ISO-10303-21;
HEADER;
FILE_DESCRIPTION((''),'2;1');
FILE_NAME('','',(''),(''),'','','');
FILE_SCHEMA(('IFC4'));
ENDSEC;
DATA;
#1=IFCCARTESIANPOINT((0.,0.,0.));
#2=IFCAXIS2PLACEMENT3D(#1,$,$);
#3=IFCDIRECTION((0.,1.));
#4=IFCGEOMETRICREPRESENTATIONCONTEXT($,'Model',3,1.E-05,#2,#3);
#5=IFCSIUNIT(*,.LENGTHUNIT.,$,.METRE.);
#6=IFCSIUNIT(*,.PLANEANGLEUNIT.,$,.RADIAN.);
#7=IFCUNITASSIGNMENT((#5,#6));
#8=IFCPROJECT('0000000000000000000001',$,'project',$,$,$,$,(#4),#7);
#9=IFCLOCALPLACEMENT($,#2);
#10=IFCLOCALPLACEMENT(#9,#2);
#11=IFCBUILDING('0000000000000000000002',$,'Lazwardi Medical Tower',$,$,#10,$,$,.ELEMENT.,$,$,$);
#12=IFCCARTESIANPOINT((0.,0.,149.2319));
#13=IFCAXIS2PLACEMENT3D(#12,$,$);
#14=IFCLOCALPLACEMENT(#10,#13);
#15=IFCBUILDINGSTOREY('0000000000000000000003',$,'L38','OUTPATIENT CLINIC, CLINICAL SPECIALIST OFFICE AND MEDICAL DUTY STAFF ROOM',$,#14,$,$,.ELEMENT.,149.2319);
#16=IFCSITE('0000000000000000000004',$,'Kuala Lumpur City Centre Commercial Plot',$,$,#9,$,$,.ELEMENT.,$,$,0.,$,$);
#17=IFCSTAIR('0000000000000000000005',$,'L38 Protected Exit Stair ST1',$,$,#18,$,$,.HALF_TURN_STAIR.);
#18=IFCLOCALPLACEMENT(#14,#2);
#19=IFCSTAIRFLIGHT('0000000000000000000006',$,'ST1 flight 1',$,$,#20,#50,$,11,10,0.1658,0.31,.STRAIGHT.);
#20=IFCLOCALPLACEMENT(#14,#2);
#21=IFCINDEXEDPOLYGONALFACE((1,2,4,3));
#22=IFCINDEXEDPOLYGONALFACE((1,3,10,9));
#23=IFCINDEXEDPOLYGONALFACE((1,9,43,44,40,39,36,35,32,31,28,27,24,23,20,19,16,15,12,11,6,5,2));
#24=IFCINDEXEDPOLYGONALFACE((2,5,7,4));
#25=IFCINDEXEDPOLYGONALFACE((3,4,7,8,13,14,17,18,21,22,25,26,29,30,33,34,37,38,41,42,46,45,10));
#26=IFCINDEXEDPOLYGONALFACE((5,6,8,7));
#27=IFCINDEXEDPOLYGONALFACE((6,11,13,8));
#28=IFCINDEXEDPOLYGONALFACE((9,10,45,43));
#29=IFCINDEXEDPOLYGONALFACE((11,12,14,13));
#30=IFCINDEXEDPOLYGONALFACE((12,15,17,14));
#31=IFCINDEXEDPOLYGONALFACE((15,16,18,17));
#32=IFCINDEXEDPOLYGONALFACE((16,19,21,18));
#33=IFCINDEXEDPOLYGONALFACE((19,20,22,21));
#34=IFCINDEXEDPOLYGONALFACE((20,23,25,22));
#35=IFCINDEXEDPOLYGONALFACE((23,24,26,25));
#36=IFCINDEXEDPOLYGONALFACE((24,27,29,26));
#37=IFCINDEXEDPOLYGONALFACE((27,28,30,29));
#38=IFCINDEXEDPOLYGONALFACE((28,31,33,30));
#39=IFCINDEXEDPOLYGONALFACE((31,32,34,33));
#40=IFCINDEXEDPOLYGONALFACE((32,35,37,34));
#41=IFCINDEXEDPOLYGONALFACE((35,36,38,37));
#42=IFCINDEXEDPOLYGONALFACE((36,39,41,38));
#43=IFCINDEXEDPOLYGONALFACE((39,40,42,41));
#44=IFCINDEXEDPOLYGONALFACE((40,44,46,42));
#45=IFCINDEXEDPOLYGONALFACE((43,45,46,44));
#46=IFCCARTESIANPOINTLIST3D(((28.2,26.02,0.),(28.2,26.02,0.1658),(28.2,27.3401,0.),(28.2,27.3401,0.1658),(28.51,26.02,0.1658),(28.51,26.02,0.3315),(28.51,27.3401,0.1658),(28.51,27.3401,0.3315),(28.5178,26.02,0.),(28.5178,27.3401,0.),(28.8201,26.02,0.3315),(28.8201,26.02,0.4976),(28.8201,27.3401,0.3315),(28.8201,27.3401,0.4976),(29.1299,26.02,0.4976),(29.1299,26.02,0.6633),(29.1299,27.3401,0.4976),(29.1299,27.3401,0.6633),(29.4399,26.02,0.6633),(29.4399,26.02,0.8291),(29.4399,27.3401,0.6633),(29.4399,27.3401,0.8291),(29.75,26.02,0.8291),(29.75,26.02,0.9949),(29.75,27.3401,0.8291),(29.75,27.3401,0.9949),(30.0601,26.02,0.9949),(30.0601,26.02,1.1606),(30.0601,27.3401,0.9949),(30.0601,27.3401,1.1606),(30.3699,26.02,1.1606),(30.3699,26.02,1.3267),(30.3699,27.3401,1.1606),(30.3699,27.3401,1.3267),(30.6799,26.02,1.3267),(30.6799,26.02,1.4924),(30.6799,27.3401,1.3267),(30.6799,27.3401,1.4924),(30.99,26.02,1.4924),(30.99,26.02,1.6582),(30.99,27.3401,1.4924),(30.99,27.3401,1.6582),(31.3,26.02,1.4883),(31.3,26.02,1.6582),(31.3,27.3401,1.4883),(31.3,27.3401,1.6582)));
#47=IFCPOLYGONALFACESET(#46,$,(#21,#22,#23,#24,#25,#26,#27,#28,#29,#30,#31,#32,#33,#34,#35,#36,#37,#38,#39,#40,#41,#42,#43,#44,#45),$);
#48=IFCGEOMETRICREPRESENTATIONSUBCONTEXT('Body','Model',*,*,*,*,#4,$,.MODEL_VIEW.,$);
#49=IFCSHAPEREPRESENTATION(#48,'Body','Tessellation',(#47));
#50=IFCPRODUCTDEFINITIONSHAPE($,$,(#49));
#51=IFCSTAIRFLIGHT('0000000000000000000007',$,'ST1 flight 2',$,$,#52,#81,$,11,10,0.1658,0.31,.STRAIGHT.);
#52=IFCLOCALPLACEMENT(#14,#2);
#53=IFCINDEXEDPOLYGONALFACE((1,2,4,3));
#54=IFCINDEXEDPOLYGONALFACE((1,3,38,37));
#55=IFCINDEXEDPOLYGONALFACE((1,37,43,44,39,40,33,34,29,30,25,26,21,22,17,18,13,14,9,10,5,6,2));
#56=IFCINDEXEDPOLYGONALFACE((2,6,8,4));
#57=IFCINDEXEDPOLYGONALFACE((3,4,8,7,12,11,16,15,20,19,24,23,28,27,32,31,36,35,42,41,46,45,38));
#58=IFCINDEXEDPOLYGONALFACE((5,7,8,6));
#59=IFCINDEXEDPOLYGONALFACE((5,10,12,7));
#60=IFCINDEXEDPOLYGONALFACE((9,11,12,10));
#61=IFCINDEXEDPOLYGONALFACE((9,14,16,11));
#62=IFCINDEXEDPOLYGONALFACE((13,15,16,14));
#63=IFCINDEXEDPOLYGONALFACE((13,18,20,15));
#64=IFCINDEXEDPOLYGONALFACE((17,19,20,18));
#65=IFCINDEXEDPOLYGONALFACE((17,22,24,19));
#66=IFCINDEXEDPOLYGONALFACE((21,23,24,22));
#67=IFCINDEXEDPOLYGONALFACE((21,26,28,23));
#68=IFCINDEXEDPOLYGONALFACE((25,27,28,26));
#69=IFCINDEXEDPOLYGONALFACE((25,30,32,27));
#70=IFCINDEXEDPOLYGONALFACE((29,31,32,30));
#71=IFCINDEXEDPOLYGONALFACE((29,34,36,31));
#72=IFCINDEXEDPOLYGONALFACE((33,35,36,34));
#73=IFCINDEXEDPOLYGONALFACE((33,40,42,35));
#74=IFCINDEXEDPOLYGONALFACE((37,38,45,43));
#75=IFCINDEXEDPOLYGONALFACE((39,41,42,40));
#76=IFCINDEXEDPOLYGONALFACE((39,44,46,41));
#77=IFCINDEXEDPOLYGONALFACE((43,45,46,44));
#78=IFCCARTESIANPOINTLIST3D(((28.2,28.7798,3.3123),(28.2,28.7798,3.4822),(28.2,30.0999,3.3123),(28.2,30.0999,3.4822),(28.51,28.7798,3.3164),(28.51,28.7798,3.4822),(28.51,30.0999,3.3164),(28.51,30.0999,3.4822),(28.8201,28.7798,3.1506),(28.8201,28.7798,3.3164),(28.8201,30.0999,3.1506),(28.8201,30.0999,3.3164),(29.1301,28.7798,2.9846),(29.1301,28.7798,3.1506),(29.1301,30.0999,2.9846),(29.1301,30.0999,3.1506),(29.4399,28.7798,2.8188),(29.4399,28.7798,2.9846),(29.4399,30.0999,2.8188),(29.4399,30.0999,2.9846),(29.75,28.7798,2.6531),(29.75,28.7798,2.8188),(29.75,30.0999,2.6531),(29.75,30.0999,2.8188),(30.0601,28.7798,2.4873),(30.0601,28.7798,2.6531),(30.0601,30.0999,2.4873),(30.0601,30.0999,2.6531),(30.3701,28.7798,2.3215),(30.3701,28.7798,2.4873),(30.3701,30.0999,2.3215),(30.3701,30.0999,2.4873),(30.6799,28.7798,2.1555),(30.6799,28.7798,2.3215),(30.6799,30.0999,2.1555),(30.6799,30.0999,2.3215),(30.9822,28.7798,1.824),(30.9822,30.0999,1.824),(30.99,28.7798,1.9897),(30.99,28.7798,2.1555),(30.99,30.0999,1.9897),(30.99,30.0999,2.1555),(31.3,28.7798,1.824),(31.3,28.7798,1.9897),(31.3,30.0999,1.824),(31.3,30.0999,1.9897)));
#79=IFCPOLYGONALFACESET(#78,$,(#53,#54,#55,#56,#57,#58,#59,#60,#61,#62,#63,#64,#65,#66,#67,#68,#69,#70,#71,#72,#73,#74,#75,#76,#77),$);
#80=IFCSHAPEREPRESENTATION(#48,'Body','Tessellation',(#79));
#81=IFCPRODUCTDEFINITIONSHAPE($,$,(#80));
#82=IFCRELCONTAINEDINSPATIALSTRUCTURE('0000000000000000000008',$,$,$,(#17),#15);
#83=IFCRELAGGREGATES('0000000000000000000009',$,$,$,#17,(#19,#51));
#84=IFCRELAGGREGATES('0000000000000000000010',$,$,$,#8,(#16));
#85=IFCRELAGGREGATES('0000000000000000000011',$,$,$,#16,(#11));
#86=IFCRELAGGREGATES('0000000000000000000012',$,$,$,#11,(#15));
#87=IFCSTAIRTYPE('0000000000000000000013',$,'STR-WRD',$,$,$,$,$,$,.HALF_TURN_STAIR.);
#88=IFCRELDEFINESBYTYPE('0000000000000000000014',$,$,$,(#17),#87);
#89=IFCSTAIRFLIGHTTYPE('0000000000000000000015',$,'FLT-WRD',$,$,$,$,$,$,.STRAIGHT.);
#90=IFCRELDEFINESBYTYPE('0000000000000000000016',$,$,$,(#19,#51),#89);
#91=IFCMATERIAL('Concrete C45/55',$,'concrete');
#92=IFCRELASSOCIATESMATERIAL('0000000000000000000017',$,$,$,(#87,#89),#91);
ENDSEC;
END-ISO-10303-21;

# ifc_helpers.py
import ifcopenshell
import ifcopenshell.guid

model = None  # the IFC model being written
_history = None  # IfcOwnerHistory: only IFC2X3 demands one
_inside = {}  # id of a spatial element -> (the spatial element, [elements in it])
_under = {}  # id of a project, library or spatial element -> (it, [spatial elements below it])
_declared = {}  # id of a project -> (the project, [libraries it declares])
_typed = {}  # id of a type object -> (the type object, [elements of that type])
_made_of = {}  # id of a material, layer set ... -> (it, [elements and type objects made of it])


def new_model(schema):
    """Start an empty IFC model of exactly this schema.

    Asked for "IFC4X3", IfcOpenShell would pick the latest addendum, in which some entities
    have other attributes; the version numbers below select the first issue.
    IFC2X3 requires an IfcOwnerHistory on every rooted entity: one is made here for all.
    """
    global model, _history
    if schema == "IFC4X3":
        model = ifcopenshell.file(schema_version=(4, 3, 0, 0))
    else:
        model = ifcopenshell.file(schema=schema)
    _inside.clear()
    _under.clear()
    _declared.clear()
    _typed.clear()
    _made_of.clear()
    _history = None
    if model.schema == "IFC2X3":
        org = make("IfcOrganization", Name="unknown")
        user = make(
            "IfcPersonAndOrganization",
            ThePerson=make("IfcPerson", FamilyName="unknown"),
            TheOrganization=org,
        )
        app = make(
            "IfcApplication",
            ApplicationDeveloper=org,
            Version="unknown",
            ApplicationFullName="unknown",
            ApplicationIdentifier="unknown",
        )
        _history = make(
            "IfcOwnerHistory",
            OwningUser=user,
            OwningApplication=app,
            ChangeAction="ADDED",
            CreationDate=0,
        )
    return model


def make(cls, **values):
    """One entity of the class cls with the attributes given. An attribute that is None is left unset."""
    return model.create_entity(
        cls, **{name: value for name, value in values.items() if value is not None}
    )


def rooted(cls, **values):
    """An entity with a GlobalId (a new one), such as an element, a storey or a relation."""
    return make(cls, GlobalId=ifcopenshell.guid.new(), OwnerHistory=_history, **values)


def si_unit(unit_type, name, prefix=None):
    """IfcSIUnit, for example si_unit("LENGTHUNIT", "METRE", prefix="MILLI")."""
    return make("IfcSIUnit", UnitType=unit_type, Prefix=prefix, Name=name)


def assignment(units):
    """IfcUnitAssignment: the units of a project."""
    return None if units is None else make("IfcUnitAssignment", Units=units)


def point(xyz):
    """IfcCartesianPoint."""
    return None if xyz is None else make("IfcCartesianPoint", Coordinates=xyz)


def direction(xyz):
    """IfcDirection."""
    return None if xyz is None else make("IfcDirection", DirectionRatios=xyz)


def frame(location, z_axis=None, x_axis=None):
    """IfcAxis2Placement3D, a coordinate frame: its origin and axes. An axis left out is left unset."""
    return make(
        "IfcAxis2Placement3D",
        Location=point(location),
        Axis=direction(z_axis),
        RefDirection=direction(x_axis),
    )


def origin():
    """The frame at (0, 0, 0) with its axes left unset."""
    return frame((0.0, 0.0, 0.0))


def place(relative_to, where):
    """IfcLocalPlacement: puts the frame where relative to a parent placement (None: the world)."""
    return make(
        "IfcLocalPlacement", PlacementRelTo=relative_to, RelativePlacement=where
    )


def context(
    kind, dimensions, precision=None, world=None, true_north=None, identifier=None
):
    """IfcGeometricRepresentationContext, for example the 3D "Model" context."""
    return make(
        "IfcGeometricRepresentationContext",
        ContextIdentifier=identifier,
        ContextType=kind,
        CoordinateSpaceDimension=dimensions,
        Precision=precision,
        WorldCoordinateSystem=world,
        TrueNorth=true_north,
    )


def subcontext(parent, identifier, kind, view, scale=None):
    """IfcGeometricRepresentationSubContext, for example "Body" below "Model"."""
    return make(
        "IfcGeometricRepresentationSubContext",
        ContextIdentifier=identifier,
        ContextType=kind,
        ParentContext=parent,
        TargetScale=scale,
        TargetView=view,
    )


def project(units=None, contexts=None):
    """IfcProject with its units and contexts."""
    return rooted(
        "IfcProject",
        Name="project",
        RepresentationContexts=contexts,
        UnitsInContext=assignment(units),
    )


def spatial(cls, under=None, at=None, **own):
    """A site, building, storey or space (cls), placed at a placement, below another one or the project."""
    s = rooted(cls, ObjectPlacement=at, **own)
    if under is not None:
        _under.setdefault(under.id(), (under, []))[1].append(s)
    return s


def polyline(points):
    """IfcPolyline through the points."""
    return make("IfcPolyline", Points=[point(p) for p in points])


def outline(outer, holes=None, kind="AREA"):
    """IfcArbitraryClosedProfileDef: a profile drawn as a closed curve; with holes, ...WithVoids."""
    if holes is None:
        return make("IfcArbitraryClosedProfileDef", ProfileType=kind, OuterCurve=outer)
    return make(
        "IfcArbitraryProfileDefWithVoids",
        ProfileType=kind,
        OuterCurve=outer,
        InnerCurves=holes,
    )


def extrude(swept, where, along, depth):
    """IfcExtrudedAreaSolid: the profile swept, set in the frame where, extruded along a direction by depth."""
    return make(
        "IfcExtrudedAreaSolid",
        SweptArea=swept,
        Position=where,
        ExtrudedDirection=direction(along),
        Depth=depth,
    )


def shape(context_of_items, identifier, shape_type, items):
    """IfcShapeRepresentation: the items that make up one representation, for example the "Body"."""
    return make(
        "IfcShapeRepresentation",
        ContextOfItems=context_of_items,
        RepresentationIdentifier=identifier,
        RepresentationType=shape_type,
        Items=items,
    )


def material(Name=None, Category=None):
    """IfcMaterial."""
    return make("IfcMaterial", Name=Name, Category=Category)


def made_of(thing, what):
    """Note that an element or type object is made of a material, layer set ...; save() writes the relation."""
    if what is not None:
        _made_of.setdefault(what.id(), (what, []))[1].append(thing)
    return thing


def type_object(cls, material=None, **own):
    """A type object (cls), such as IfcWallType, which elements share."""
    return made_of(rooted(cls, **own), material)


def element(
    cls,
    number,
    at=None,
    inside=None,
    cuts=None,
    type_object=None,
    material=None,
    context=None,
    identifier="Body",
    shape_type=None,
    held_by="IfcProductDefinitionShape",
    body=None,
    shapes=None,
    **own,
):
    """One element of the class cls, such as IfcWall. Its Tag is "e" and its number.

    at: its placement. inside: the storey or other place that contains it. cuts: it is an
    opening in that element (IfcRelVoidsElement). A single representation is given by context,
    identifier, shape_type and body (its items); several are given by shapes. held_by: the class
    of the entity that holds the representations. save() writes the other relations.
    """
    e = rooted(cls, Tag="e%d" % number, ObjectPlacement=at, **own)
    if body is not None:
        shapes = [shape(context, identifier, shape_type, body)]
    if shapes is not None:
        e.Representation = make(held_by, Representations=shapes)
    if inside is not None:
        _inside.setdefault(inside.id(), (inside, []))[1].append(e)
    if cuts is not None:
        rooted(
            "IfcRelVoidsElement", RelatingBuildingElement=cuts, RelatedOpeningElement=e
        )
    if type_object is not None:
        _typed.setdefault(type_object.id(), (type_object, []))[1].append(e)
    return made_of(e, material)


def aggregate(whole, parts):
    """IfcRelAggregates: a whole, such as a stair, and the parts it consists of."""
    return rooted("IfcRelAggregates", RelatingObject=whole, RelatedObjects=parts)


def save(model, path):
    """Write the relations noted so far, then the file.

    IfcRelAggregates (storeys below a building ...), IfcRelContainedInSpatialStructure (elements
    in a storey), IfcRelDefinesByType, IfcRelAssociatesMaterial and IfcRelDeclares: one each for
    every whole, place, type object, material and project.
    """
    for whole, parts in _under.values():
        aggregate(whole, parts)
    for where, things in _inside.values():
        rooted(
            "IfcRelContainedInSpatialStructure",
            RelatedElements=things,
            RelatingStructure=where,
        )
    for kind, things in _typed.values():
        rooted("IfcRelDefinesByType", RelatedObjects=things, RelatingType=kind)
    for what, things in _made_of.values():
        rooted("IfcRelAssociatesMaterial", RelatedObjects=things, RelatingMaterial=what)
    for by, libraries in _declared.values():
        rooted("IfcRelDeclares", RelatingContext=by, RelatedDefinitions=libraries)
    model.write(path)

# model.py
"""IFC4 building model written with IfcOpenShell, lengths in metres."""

from ifc_helpers import new_model, si_unit, direction, frame, origin, place, context, subcontext, project, spatial, polyline, outline, extrude, material, type_object, element, aggregate, save


model = new_model("IFC4")

# Units and contexts
model_context = context("Model", 3, precision=1e-05, world=origin(), true_north=direction((0.0, 1.0)))
body_context = subcontext(model_context, "Body", "Model", "MODEL_VIEW")
ifc_project = project(units=[si_unit("LENGTHUNIT", "METRE"), si_unit("PLANEANGLEUNIT", "RADIAN")], contexts=[model_context])

# Site, building, storey
site_placement = place(None, origin())
site = spatial("IfcSite", under=ifc_project, at=site_placement, Name="Kuala Lumpur City Centre Commercial Plot", CompositionType="ELEMENT", RefElevation=0.0)
building_placement = place(site_placement, origin())
building = spatial("IfcBuilding", under=site, at=building_placement, Name="Lazwardi Medical Tower", CompositionType="ELEMENT")
storey_placement = place(building_placement, frame((0.0, 0.0, 149.2319)))
storey = spatial("IfcBuildingStorey", under=building, at=storey_placement, Name="L38", Description="OUTPATIENT CLINIC, CLINICAL SPECIALIST OFFICE AND MEDICAL DUTY STAFF ROOM", CompositionType="ELEMENT", Elevation=149.2319)

# Stair, stair flights
ifc_material_1 = material(Name="Concrete C45/55", Category="concrete")
stair_type = type_object("IfcStairType", Name="STR-WRD", PredefinedType="HALF_TURN_STAIR", material=ifc_material_1)
stair_placement = place(storey_placement, origin())
stair = element("IfcStair", 1, at=stair_placement, inside=storey, type_object=stair_type, Name="L38 Protected Exit Stair ST1", PredefinedType="HALF_TURN_STAIR")
stair_flight_type = type_object("IfcStairFlightType", Name="FLT-WRD", PredefinedType="STRAIGHT", material=ifc_material_1)
stair_flight_1_placement = place(storey_placement, frame((28.2, 26.6799, 0.0), z_axis=(0.0, 0.0, 1.0), x_axis=(1.0, 0.0, 0.0)))
stair_flight_1 = element("IfcStairFlight", 2, at=stair_flight_1_placement, type_object=stair_flight_type, Name="ST1 flight 1", NumberOfRisers=11, NumberOfTreads=10, PredefinedType="STRAIGHT", RiserHeight=0.1658, TreadLength=0.31, context=body_context, shape_type="SweptSolid", body=[
    extrude(outline(polyline([(0.0, 0.0), (0.0, 0.1658), (0.3101, 0.1658), (0.3101, 0.3315), (0.6201, 0.3315), (0.6201, 0.4976), (0.9299, 0.4976), (0.9299, 0.6633), (1.24, 0.6633), (1.24, 0.8291), (1.55, 0.8291), (1.55, 0.9949), (1.8601, 0.9949), (1.8601, 1.1606), (2.1699, 1.1606), (2.1699, 1.3267), (2.48, 1.3267), (2.48, 1.4924), (2.79, 1.4924), (2.79, 1.6582), (3.1001, 1.6582), (3.1001, 1.824), (3.1001, 1.4883), (0.3179, 0.0), (0.0, 0.0)])), frame((0.0, 0.6602, 0.0), z_axis=(0.0, -1.0, 0.0), x_axis=(1.0, 0.0, 0.0)), (0.0, 0.0, 1.0), 1.3201),
])
stair_flight_2_placement = place(storey_placement, frame((31.3, 29.4399, 1.824), z_axis=(0.0, 0.0, 1.0), x_axis=(-1.0, 0.0, 0.0)))
stair_flight_2 = element("IfcStairFlight", 3, at=stair_flight_2_placement, type_object=stair_flight_type, Name="ST1 flight 2", NumberOfRisers=11, NumberOfTreads=10, PredefinedType="STRAIGHT", RiserHeight=0.1658, TreadLength=0.31, context=body_context, shape_type="SweptSolid", body=[
    extrude(outline(polyline([(0.0, 0.0), (0.0, 0.1658), (0.3101, 0.1658), (0.3101, 0.3315), (0.6201, 0.3315), (0.6201, 0.4976), (0.9299, 0.4976), (0.9299, 0.6633), (1.24, 0.6633), (1.24, 0.8291), (1.55, 0.8291), (1.55, 0.9949), (1.8601, 0.9949), (1.8601, 1.1606), (2.1699, 1.1606), (2.1699, 1.3267), (2.48, 1.3267), (2.48, 1.4924), (2.79, 1.4924), (2.79, 1.6582), (3.1001, 1.6582), (3.1001, 1.824), (3.1001, 1.4883), (0.3179, 0.0), (0.0, 0.0)])), frame((0.0, 0.6602, 0.0), z_axis=(0.0, -1.0, 0.0), x_axis=(1.0, 0.0, 0.0)), (0.0, 0.0, 1.0), 1.3201),
])
aggregate(stair, [stair_flight_1, stair_flight_2])

save(model, "model.ifc")
